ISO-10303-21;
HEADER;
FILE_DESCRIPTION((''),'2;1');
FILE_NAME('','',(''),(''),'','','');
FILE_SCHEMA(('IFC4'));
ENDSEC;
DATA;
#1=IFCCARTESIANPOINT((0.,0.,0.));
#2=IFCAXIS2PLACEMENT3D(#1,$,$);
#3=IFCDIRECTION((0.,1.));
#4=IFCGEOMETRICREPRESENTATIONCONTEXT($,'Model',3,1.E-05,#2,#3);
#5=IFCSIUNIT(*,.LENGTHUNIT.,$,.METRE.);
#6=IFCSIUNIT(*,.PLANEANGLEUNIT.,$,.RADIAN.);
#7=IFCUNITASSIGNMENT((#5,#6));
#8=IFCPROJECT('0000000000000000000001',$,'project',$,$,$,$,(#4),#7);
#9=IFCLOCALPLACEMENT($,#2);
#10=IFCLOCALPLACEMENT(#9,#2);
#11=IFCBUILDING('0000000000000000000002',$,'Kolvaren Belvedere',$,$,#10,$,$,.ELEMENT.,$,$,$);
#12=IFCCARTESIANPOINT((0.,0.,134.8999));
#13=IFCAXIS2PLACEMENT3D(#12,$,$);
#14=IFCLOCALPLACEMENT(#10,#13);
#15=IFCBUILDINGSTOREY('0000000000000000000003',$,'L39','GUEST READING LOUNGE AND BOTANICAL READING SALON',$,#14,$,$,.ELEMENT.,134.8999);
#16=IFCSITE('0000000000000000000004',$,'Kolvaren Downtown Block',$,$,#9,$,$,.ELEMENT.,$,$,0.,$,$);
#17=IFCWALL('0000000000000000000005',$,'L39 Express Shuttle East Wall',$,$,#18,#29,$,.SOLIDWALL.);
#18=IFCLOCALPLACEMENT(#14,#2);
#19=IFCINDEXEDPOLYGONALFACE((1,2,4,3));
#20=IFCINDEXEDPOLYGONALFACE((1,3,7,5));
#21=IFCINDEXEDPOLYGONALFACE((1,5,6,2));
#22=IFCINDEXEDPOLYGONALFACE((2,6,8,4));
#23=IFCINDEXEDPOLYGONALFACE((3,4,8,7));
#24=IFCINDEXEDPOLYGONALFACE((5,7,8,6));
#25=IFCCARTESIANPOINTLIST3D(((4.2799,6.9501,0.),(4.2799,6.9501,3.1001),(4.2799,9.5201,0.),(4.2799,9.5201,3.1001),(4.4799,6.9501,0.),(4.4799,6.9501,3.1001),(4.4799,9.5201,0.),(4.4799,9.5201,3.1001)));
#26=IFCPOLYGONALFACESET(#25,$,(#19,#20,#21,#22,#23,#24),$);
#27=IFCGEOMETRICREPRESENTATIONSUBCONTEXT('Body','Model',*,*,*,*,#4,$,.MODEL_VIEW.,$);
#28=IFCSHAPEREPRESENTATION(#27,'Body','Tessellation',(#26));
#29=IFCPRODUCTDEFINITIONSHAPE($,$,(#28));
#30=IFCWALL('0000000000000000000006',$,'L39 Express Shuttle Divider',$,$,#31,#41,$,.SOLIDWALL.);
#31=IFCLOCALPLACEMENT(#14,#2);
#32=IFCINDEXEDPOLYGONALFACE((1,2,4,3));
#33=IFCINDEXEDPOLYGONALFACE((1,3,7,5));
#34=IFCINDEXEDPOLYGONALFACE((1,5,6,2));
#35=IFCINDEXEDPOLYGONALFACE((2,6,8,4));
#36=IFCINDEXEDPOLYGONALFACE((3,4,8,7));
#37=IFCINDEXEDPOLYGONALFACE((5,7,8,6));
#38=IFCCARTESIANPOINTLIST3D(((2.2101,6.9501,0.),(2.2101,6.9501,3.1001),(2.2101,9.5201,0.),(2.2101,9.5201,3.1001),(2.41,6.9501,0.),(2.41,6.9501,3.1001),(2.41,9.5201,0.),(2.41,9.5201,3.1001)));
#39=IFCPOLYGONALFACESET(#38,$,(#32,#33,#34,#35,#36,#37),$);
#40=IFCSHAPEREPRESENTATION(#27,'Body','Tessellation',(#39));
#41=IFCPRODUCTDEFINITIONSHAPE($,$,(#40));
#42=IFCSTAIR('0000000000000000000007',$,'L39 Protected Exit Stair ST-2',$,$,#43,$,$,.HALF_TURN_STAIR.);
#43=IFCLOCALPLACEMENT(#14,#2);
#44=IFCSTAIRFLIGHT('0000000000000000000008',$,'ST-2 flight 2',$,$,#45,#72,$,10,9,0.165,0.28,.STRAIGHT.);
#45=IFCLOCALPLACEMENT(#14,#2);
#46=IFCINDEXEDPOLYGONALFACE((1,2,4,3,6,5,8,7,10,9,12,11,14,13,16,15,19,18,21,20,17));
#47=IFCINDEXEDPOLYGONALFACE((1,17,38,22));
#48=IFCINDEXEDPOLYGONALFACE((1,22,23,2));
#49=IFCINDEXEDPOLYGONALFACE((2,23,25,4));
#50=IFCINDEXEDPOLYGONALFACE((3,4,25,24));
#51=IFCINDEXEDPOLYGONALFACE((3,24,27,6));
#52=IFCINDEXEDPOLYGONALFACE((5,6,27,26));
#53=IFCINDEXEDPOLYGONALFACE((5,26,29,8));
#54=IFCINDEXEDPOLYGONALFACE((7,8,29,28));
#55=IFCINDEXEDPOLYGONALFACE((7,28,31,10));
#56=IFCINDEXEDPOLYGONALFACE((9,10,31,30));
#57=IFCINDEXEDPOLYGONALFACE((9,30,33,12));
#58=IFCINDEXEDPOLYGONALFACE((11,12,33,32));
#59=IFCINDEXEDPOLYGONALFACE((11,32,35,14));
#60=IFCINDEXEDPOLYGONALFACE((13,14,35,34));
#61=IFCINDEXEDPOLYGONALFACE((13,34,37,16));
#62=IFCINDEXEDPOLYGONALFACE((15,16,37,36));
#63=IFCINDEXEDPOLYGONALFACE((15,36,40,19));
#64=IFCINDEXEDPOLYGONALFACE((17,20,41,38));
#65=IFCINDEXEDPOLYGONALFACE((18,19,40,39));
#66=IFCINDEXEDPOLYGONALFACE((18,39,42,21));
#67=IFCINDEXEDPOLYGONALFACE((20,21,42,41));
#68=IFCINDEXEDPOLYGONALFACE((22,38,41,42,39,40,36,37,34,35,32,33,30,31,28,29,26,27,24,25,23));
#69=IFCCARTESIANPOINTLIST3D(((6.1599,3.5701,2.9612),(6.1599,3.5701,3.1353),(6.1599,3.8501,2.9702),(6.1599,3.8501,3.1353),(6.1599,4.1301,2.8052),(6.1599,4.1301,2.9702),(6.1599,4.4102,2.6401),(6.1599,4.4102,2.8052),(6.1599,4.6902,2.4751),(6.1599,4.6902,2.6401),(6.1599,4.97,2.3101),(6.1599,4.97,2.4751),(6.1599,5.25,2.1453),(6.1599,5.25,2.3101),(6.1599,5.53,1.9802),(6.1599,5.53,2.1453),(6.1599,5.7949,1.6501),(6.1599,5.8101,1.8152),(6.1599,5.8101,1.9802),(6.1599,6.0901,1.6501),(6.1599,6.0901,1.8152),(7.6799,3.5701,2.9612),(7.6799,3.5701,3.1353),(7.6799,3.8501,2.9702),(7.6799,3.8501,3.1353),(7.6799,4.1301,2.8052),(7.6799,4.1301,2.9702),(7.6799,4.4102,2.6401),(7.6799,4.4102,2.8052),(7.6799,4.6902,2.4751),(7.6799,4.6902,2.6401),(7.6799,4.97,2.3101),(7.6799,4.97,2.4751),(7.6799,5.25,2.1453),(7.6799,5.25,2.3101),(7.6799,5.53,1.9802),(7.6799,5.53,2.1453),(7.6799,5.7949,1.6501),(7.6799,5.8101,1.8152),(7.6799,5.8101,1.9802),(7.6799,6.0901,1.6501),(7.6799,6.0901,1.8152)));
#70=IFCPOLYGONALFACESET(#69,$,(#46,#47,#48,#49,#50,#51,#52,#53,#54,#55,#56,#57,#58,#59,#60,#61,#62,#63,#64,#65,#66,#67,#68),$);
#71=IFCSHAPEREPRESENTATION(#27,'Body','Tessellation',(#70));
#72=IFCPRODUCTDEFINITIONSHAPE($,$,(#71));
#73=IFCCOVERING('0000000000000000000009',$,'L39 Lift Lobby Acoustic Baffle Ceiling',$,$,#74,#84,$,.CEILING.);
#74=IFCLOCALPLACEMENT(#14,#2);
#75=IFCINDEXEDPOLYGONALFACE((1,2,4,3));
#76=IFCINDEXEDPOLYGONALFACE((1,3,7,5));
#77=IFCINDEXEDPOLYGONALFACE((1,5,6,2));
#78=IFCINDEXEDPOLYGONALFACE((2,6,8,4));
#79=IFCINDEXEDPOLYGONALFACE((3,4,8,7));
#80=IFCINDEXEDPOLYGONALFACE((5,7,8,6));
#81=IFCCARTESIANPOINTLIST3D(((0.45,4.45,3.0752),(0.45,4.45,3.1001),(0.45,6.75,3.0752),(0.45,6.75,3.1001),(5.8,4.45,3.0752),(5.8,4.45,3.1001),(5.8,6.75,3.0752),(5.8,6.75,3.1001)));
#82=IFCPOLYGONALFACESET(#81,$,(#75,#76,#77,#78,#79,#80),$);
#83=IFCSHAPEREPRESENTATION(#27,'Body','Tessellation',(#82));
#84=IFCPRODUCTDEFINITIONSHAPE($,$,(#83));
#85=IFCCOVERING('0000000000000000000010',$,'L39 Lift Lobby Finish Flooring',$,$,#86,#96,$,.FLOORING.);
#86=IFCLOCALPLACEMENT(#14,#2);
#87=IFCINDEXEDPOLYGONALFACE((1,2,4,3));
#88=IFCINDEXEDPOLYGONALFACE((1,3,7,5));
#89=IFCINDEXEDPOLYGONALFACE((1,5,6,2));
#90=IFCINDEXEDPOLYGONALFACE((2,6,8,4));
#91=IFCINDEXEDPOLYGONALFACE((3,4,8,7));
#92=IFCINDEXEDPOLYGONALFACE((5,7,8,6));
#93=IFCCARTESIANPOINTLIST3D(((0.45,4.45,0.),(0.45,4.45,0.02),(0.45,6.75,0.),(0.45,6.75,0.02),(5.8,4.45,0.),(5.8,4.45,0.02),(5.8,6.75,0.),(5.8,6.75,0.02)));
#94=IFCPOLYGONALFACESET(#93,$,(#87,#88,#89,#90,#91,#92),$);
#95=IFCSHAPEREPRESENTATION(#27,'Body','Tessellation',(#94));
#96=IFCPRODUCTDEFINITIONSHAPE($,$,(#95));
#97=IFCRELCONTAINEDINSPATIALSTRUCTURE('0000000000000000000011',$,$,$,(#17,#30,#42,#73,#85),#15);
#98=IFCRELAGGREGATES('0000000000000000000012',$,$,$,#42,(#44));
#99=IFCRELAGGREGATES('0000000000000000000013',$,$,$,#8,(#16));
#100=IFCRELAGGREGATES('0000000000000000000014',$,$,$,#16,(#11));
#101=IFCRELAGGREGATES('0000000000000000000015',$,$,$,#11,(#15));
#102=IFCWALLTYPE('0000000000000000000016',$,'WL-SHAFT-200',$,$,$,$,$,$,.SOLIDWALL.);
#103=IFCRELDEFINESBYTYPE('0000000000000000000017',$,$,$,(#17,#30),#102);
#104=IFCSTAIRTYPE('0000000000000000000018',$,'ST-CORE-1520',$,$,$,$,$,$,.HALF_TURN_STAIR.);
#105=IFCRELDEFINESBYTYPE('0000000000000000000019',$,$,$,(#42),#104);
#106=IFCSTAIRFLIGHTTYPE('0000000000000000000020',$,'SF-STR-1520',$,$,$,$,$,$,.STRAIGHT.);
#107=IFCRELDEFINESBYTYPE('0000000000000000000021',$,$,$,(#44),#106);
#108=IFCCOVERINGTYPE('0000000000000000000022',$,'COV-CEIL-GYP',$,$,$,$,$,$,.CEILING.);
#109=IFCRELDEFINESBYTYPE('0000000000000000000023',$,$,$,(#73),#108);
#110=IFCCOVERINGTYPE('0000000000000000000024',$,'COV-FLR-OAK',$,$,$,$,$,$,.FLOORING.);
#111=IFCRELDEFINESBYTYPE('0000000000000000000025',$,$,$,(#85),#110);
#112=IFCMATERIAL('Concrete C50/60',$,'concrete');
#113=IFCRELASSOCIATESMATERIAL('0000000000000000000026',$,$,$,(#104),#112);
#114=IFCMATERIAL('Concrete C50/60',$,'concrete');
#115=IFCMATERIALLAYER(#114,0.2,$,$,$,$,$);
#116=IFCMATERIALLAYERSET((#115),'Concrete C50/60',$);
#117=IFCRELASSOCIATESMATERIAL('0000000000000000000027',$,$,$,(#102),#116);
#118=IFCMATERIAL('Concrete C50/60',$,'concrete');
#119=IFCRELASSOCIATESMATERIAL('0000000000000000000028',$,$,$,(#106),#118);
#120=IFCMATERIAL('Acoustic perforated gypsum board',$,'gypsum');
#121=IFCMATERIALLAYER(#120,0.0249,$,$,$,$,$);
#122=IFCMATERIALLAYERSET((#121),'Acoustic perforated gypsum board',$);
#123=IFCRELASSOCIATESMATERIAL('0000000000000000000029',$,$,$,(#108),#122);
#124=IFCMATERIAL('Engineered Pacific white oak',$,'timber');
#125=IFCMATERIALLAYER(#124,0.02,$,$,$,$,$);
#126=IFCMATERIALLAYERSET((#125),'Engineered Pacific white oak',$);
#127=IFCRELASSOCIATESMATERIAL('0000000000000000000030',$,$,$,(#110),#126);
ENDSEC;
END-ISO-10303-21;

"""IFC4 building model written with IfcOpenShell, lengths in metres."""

from ifc_helpers import new_model, si_unit, direction, frame, frame_2d, origin, place, context, subcontext, project, spatial, polyline, rectangle, outline, extrude, material, layer, layer_set, type_object, element, aggregate, save


model = new_model("IFC4")

# Units and contexts
model_context = context("Model", 3, precision=1e-05, world=origin(), true_north=direction((0.0, 1.0)))
body_context = subcontext(model_context, "Body", "Model", "MODEL_VIEW")
ifc_project = project(units=[si_unit("LENGTHUNIT", "METRE"), si_unit("PLANEANGLEUNIT", "RADIAN")], contexts=[model_context])

# Site, building, storey
site_placement = place(None, origin())
site = spatial("IfcSite", under=ifc_project, at=site_placement, Name="Kolvaren Downtown Block", CompositionType="ELEMENT", RefElevation=0.0)
building_placement = place(site_placement, origin())
building = spatial("IfcBuilding", under=site, at=building_placement, Name="Kolvaren Belvedere", CompositionType="ELEMENT")
storey_placement = place(building_placement, frame((0.0, 0.0, 134.8999)))
storey = spatial("IfcBuildingStorey", under=building, at=storey_placement, Name="L39", Description="GUEST READING LOUNGE AND BOTANICAL READING SALON", CompositionType="ELEMENT", Elevation=134.8999)

# Shared definitions
ifc_material_1 = material(Name="Concrete C50/60", Category="concrete")
stair_type = type_object("IfcStairType", Name="ST-CORE-1520", PredefinedType="HALF_TURN_STAIR", material=ifc_material_1)

# Shared definitions
ifc_material_2 = material(Name="Concrete C50/60", Category="concrete")
ifc_layer_1 = layer(ifc_material_2, 0.2)
ifc_layer_set_1 = layer_set([ifc_layer_1], Name="Concrete C50/60")
wall_type_1 = type_object("IfcWallType", Name="WL-SHAFT-200", PredefinedType="SOLIDWALL", material=ifc_layer_set_1)

# Walls
for number, where, z_axis, x_axis, name in (
    (1, (4.3799, 6.95, 0.0), (0.0, 0.0, 1.0), (0.0, 1.0, 0.0), "L39 Express Shuttle East Wall"),
    (2, (2.3101, 6.95, 0.0), (0.0, 0.0, 1.0), (0.0, 1.0, 0.0), "L39 Express Shuttle Divider"),
):
    element("IfcWall", number, at=place(storey_placement, frame(where, z_axis=z_axis, x_axis=x_axis)), inside=storey, type_object=wall_type_1, Name=name, PredefinedType="SOLIDWALL", context=body_context, shape_type="SweptSolid", body=[
        extrude(rectangle(XDim=2.5701, YDim=0.2, at=frame_2d((1.2852, 0.0))), origin(), (0.0, 0.0, 1.0), 3.1001),
    ])

# Stair, stair flight
stair_1_placement = place(storey_placement, origin())
stair_1 = element("IfcStair", 3, at=stair_1_placement, inside=storey, type_object=stair_type, Name="L39 Protected Exit Stair ST-2", PredefinedType="HALF_TURN_STAIR")
ifc_material_3 = material(Name="Concrete C50/60", Category="concrete")
stair_flight_type = type_object("IfcStairFlightType", Name="SF-STR-1520", PredefinedType="STRAIGHT", material=ifc_material_3)
stair_flight_placement = place(storey_placement, frame((6.9199, 6.0901, 1.6501), z_axis=(0.0, 0.0, 1.0), x_axis=(0.0, -1.0, 0.0)))
stair_flight = element("IfcStairFlight", 4, at=stair_flight_placement, type_object=stair_flight_type, Name="ST-2 flight 2", NumberOfRisers=10, NumberOfTreads=9, PredefinedType="STRAIGHT", RiserHeight=0.165, TreadLength=0.28, context=body_context, shape_type="SweptSolid", body=[
    extrude(outline(polyline([(0.0, 0.0), (0.0, 0.165), (0.28, 0.165), (0.28, 0.3301), (0.5601, 0.3301), (0.5601, 0.4951), (0.8401, 0.4951), (0.8401, 0.6599), (1.1201, 0.6599), (1.1201, 0.825), (1.3999, 0.825), (1.3999, 0.99), (1.6799, 0.99), (1.6799, 1.155), (1.96, 1.155), (1.96, 1.3201), (2.24, 1.3201), (2.24, 1.4851), (2.52, 1.4851), (2.52, 1.6499), (2.52, 1.311), (0.2952, 0.0), (0.0, 0.0)])), frame((0.0, 0.76, 0.0), z_axis=(0.0, -1.0, 0.0), x_axis=(1.0, 0.0, 0.0)), (0.0, 0.0, 1.0), 1.52),
])
aggregate(stair_1, [stair_flight])

# Coverings
ifc_material_4 = material(Name="Acoustic perforated gypsum board", Category="gypsum")
ifc_layer_2 = layer(ifc_material_4, 0.0249)
ifc_layer_set_2 = layer_set([ifc_layer_2], Name="Acoustic perforated gypsum board")
covering_type_1 = type_object("IfcCoveringType", Name="COV-CEIL-GYP", PredefinedType="CEILING", material=ifc_layer_set_2)
covering_1_placement = place(storey_placement, frame((0.0, 0.0, 3.0752)))
element("IfcCovering", 5, at=covering_1_placement, inside=storey, type_object=covering_type_1, Name="L39 Lift Lobby Acoustic Baffle Ceiling", PredefinedType="CEILING", context=body_context, shape_type="SweptSolid", body=[
    extrude(outline(polyline([(0.45, 4.45), (5.8, 4.45), (5.8, 6.75), (0.45, 6.75), (0.45, 4.45)])), origin(), (0.0, 0.0, 1.0), 0.0249),
])
ifc_material_5 = material(Name="Engineered Pacific white oak", Category="timber")
ifc_layer_3 = layer(ifc_material_5, 0.02)
ifc_layer_set_3 = layer_set([ifc_layer_3], Name="Engineered Pacific white oak")
covering_type_2 = type_object("IfcCoveringType", Name="COV-FLR-OAK", PredefinedType="FLOORING", material=ifc_layer_set_3)
covering_2_placement = place(storey_placement, origin())
element("IfcCovering", 6, at=covering_2_placement, inside=storey, type_object=covering_type_2, Name="L39 Lift Lobby Finish Flooring", PredefinedType="FLOORING", context=body_context, shape_type="SweptSolid", body=[
    extrude(outline(polyline([(0.45, 4.45), (5.8, 4.45), (5.8, 6.75), (0.45, 6.75), (0.45, 4.45)])), origin(), (0.0, 0.0, 1.0), 0.02),
])

save(model, "model.ifc")
